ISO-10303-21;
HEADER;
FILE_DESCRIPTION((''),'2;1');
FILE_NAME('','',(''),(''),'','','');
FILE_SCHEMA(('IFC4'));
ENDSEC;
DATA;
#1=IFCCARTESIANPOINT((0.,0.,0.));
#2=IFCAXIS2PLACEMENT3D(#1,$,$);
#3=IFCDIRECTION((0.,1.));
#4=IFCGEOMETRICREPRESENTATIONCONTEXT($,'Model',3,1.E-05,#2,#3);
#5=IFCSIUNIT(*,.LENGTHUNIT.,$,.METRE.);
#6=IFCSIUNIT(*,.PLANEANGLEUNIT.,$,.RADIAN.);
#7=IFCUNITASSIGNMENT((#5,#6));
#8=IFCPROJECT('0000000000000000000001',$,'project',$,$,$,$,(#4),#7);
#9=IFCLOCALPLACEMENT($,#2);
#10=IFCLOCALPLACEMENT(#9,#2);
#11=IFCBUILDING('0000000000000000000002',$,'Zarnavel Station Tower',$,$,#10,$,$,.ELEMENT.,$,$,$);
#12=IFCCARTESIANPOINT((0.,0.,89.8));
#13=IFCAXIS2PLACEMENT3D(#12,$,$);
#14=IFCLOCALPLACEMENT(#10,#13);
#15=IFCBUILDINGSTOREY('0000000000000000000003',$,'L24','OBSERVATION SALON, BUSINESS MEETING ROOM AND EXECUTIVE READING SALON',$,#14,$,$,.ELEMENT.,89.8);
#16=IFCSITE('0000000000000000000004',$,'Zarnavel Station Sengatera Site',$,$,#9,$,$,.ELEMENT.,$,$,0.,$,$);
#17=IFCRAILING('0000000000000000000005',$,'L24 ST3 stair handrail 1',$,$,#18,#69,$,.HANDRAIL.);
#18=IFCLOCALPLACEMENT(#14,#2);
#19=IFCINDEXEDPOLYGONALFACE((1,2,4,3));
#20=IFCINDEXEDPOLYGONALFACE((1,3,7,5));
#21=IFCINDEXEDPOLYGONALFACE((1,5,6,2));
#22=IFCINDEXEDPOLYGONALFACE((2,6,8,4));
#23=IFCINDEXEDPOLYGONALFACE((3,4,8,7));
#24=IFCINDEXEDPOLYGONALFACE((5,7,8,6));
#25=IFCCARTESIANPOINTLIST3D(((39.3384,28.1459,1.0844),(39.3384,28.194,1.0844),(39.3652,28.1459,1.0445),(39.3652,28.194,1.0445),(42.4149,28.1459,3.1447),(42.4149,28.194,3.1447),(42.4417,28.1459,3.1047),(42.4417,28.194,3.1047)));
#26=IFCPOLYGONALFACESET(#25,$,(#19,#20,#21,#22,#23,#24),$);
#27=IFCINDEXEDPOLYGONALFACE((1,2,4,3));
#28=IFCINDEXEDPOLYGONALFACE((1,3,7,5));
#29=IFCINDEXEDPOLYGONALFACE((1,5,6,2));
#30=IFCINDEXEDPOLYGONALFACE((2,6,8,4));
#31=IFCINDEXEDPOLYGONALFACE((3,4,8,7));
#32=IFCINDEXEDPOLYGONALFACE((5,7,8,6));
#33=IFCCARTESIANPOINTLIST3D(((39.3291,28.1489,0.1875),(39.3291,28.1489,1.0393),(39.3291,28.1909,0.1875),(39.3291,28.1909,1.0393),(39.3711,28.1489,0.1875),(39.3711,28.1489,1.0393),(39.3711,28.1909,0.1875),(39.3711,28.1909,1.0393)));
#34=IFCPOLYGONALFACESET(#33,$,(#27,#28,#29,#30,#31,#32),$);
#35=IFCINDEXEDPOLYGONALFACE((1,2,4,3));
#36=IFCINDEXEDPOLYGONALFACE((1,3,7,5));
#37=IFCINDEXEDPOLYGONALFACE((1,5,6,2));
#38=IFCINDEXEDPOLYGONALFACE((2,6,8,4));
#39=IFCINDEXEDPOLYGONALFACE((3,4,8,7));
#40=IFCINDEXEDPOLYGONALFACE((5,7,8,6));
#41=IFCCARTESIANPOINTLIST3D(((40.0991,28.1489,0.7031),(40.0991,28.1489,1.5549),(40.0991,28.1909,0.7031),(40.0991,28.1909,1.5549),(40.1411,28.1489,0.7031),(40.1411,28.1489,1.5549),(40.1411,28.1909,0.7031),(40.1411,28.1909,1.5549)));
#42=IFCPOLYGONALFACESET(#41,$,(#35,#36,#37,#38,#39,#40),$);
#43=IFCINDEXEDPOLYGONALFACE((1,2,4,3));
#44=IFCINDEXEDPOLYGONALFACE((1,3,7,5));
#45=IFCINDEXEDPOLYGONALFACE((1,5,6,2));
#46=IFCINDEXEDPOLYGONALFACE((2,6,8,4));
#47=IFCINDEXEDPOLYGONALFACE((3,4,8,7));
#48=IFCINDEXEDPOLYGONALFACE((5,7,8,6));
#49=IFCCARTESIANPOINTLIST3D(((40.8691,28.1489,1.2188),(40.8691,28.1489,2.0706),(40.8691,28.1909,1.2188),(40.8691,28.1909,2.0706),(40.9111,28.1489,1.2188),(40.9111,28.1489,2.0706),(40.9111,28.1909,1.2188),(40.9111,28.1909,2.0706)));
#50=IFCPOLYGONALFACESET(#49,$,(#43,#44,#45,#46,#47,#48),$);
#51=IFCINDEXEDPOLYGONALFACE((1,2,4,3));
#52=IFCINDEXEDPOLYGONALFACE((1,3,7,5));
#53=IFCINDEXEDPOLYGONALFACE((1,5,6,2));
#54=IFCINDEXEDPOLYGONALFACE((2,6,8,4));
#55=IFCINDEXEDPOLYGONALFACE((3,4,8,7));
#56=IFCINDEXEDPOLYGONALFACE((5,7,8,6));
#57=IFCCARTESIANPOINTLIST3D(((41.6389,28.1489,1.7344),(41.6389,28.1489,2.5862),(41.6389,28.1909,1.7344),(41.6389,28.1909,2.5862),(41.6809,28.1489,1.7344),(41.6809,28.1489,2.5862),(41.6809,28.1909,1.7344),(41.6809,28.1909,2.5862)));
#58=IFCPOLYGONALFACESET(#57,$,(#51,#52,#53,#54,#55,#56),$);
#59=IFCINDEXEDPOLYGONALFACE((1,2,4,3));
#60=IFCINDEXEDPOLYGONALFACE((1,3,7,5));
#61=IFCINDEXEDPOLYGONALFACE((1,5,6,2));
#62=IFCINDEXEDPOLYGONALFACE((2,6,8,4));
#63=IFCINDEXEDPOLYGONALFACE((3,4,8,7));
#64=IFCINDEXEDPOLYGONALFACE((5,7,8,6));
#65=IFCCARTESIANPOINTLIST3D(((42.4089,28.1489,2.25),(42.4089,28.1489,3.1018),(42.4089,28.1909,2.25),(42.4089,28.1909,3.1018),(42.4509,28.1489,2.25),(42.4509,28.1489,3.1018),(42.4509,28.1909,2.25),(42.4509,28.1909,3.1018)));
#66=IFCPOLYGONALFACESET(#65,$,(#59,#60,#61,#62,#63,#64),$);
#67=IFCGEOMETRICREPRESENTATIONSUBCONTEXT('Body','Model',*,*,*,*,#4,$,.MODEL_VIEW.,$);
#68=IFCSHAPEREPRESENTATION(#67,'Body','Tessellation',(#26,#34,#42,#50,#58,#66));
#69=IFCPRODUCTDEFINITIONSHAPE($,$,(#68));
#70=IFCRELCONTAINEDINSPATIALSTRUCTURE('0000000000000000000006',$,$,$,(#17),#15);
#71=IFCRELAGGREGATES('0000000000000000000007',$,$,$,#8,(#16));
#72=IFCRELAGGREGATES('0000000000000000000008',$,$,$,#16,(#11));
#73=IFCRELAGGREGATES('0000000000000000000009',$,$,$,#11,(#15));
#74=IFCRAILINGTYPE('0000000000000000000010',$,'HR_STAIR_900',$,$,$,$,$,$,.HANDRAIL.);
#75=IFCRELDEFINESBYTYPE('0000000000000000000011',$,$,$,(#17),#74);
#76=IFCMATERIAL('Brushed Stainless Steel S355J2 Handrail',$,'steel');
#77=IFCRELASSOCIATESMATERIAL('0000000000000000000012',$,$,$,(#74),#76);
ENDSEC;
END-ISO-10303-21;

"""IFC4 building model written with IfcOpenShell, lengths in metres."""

from ifc_helpers import new_model, si_unit, direction, frame, origin, origin_2d, place, context, subcontext, project, spatial, rectangle, extrude, material, type_object, element, save


model = new_model("IFC4")

# Units and contexts
model_context = context("Model", 3, precision=1e-05, world=origin(), true_north=direction((0.0, 1.0)))
body_context = subcontext(model_context, "Body", "Model", "MODEL_VIEW")
ifc_project = project(units=[si_unit("LENGTHUNIT", "METRE"), si_unit("PLANEANGLEUNIT", "RADIAN")], contexts=[model_context])

# Site, building, storey
site_placement = place(None, origin())
site = spatial("IfcSite", under=ifc_project, at=site_placement, Name="Zarnavel Station Sengatera Site", CompositionType="ELEMENT", RefElevation=0.0)
building_placement = place(site_placement, origin())
building = spatial("IfcBuilding", under=site, at=building_placement, Name="Zarnavel Station Tower", CompositionType="ELEMENT")
storey_placement = place(building_placement, frame((0.0, 0.0, 89.8)))
storey = spatial("IfcBuildingStorey", under=building, at=storey_placement, Name="L24", Description="OBSERVATION SALON, BUSINESS MEETING ROOM AND EXECUTIVE READING SALON", CompositionType="ELEMENT", Elevation=89.8)

# Railing
ifc_material_1 = material(Name="Brushed Stainless Steel S355J2 Handrail", Category="steel")
railing_type_1 = type_object("IfcRailingType", Name="HR_STAIR_900", PredefinedType="HANDRAIL", material=ifc_material_1)
railing_1_placement = place(storey_placement, frame((39.3501, 28.1699, 0.1875)))
element("IfcRailing", 1, at=railing_1_placement, inside=storey, type_object=railing_type_1, Name="L24 ST3 stair handrail 1", PredefinedType="HANDRAIL", context=body_context, shape_type="SweptSolid", body=[
    extrude(rectangle(XDim=0.0481, YDim=0.0481, at=origin_2d()), frame((0.0017, 0.0, 0.877), z_axis=(0.830893, 0.0, 0.556432), x_axis=(0.0, 1.0, 0.0)), (0.0, 0.0, 1.0), 3.7026),
    extrude(rectangle(XDim=0.042, YDim=0.042, at=origin_2d()), origin(), (0.0, 0.0, 1.0), 0.8518),
    extrude(rectangle(XDim=0.042, YDim=0.042, at=origin_2d()), frame((0.77, 0.0, 0.5156)), (0.0, 0.0, 1.0), 0.8518),
    extrude(rectangle(XDim=0.042, YDim=0.042, at=origin_2d()), frame((1.54, 0.0, 1.0312)), (0.0, 0.0, 1.0), 0.8518),
    extrude(rectangle(XDim=0.042, YDim=0.042, at=origin_2d()), frame((2.3098, 0.0, 1.5469)), (0.0, 0.0, 1.0), 0.8518),
    extrude(rectangle(XDim=0.042, YDim=0.042, at=origin_2d()), frame((3.0798, 0.0, 2.0625)), (0.0, 0.0, 1.0), 0.8518),
])

save(model, "model.ifc")
